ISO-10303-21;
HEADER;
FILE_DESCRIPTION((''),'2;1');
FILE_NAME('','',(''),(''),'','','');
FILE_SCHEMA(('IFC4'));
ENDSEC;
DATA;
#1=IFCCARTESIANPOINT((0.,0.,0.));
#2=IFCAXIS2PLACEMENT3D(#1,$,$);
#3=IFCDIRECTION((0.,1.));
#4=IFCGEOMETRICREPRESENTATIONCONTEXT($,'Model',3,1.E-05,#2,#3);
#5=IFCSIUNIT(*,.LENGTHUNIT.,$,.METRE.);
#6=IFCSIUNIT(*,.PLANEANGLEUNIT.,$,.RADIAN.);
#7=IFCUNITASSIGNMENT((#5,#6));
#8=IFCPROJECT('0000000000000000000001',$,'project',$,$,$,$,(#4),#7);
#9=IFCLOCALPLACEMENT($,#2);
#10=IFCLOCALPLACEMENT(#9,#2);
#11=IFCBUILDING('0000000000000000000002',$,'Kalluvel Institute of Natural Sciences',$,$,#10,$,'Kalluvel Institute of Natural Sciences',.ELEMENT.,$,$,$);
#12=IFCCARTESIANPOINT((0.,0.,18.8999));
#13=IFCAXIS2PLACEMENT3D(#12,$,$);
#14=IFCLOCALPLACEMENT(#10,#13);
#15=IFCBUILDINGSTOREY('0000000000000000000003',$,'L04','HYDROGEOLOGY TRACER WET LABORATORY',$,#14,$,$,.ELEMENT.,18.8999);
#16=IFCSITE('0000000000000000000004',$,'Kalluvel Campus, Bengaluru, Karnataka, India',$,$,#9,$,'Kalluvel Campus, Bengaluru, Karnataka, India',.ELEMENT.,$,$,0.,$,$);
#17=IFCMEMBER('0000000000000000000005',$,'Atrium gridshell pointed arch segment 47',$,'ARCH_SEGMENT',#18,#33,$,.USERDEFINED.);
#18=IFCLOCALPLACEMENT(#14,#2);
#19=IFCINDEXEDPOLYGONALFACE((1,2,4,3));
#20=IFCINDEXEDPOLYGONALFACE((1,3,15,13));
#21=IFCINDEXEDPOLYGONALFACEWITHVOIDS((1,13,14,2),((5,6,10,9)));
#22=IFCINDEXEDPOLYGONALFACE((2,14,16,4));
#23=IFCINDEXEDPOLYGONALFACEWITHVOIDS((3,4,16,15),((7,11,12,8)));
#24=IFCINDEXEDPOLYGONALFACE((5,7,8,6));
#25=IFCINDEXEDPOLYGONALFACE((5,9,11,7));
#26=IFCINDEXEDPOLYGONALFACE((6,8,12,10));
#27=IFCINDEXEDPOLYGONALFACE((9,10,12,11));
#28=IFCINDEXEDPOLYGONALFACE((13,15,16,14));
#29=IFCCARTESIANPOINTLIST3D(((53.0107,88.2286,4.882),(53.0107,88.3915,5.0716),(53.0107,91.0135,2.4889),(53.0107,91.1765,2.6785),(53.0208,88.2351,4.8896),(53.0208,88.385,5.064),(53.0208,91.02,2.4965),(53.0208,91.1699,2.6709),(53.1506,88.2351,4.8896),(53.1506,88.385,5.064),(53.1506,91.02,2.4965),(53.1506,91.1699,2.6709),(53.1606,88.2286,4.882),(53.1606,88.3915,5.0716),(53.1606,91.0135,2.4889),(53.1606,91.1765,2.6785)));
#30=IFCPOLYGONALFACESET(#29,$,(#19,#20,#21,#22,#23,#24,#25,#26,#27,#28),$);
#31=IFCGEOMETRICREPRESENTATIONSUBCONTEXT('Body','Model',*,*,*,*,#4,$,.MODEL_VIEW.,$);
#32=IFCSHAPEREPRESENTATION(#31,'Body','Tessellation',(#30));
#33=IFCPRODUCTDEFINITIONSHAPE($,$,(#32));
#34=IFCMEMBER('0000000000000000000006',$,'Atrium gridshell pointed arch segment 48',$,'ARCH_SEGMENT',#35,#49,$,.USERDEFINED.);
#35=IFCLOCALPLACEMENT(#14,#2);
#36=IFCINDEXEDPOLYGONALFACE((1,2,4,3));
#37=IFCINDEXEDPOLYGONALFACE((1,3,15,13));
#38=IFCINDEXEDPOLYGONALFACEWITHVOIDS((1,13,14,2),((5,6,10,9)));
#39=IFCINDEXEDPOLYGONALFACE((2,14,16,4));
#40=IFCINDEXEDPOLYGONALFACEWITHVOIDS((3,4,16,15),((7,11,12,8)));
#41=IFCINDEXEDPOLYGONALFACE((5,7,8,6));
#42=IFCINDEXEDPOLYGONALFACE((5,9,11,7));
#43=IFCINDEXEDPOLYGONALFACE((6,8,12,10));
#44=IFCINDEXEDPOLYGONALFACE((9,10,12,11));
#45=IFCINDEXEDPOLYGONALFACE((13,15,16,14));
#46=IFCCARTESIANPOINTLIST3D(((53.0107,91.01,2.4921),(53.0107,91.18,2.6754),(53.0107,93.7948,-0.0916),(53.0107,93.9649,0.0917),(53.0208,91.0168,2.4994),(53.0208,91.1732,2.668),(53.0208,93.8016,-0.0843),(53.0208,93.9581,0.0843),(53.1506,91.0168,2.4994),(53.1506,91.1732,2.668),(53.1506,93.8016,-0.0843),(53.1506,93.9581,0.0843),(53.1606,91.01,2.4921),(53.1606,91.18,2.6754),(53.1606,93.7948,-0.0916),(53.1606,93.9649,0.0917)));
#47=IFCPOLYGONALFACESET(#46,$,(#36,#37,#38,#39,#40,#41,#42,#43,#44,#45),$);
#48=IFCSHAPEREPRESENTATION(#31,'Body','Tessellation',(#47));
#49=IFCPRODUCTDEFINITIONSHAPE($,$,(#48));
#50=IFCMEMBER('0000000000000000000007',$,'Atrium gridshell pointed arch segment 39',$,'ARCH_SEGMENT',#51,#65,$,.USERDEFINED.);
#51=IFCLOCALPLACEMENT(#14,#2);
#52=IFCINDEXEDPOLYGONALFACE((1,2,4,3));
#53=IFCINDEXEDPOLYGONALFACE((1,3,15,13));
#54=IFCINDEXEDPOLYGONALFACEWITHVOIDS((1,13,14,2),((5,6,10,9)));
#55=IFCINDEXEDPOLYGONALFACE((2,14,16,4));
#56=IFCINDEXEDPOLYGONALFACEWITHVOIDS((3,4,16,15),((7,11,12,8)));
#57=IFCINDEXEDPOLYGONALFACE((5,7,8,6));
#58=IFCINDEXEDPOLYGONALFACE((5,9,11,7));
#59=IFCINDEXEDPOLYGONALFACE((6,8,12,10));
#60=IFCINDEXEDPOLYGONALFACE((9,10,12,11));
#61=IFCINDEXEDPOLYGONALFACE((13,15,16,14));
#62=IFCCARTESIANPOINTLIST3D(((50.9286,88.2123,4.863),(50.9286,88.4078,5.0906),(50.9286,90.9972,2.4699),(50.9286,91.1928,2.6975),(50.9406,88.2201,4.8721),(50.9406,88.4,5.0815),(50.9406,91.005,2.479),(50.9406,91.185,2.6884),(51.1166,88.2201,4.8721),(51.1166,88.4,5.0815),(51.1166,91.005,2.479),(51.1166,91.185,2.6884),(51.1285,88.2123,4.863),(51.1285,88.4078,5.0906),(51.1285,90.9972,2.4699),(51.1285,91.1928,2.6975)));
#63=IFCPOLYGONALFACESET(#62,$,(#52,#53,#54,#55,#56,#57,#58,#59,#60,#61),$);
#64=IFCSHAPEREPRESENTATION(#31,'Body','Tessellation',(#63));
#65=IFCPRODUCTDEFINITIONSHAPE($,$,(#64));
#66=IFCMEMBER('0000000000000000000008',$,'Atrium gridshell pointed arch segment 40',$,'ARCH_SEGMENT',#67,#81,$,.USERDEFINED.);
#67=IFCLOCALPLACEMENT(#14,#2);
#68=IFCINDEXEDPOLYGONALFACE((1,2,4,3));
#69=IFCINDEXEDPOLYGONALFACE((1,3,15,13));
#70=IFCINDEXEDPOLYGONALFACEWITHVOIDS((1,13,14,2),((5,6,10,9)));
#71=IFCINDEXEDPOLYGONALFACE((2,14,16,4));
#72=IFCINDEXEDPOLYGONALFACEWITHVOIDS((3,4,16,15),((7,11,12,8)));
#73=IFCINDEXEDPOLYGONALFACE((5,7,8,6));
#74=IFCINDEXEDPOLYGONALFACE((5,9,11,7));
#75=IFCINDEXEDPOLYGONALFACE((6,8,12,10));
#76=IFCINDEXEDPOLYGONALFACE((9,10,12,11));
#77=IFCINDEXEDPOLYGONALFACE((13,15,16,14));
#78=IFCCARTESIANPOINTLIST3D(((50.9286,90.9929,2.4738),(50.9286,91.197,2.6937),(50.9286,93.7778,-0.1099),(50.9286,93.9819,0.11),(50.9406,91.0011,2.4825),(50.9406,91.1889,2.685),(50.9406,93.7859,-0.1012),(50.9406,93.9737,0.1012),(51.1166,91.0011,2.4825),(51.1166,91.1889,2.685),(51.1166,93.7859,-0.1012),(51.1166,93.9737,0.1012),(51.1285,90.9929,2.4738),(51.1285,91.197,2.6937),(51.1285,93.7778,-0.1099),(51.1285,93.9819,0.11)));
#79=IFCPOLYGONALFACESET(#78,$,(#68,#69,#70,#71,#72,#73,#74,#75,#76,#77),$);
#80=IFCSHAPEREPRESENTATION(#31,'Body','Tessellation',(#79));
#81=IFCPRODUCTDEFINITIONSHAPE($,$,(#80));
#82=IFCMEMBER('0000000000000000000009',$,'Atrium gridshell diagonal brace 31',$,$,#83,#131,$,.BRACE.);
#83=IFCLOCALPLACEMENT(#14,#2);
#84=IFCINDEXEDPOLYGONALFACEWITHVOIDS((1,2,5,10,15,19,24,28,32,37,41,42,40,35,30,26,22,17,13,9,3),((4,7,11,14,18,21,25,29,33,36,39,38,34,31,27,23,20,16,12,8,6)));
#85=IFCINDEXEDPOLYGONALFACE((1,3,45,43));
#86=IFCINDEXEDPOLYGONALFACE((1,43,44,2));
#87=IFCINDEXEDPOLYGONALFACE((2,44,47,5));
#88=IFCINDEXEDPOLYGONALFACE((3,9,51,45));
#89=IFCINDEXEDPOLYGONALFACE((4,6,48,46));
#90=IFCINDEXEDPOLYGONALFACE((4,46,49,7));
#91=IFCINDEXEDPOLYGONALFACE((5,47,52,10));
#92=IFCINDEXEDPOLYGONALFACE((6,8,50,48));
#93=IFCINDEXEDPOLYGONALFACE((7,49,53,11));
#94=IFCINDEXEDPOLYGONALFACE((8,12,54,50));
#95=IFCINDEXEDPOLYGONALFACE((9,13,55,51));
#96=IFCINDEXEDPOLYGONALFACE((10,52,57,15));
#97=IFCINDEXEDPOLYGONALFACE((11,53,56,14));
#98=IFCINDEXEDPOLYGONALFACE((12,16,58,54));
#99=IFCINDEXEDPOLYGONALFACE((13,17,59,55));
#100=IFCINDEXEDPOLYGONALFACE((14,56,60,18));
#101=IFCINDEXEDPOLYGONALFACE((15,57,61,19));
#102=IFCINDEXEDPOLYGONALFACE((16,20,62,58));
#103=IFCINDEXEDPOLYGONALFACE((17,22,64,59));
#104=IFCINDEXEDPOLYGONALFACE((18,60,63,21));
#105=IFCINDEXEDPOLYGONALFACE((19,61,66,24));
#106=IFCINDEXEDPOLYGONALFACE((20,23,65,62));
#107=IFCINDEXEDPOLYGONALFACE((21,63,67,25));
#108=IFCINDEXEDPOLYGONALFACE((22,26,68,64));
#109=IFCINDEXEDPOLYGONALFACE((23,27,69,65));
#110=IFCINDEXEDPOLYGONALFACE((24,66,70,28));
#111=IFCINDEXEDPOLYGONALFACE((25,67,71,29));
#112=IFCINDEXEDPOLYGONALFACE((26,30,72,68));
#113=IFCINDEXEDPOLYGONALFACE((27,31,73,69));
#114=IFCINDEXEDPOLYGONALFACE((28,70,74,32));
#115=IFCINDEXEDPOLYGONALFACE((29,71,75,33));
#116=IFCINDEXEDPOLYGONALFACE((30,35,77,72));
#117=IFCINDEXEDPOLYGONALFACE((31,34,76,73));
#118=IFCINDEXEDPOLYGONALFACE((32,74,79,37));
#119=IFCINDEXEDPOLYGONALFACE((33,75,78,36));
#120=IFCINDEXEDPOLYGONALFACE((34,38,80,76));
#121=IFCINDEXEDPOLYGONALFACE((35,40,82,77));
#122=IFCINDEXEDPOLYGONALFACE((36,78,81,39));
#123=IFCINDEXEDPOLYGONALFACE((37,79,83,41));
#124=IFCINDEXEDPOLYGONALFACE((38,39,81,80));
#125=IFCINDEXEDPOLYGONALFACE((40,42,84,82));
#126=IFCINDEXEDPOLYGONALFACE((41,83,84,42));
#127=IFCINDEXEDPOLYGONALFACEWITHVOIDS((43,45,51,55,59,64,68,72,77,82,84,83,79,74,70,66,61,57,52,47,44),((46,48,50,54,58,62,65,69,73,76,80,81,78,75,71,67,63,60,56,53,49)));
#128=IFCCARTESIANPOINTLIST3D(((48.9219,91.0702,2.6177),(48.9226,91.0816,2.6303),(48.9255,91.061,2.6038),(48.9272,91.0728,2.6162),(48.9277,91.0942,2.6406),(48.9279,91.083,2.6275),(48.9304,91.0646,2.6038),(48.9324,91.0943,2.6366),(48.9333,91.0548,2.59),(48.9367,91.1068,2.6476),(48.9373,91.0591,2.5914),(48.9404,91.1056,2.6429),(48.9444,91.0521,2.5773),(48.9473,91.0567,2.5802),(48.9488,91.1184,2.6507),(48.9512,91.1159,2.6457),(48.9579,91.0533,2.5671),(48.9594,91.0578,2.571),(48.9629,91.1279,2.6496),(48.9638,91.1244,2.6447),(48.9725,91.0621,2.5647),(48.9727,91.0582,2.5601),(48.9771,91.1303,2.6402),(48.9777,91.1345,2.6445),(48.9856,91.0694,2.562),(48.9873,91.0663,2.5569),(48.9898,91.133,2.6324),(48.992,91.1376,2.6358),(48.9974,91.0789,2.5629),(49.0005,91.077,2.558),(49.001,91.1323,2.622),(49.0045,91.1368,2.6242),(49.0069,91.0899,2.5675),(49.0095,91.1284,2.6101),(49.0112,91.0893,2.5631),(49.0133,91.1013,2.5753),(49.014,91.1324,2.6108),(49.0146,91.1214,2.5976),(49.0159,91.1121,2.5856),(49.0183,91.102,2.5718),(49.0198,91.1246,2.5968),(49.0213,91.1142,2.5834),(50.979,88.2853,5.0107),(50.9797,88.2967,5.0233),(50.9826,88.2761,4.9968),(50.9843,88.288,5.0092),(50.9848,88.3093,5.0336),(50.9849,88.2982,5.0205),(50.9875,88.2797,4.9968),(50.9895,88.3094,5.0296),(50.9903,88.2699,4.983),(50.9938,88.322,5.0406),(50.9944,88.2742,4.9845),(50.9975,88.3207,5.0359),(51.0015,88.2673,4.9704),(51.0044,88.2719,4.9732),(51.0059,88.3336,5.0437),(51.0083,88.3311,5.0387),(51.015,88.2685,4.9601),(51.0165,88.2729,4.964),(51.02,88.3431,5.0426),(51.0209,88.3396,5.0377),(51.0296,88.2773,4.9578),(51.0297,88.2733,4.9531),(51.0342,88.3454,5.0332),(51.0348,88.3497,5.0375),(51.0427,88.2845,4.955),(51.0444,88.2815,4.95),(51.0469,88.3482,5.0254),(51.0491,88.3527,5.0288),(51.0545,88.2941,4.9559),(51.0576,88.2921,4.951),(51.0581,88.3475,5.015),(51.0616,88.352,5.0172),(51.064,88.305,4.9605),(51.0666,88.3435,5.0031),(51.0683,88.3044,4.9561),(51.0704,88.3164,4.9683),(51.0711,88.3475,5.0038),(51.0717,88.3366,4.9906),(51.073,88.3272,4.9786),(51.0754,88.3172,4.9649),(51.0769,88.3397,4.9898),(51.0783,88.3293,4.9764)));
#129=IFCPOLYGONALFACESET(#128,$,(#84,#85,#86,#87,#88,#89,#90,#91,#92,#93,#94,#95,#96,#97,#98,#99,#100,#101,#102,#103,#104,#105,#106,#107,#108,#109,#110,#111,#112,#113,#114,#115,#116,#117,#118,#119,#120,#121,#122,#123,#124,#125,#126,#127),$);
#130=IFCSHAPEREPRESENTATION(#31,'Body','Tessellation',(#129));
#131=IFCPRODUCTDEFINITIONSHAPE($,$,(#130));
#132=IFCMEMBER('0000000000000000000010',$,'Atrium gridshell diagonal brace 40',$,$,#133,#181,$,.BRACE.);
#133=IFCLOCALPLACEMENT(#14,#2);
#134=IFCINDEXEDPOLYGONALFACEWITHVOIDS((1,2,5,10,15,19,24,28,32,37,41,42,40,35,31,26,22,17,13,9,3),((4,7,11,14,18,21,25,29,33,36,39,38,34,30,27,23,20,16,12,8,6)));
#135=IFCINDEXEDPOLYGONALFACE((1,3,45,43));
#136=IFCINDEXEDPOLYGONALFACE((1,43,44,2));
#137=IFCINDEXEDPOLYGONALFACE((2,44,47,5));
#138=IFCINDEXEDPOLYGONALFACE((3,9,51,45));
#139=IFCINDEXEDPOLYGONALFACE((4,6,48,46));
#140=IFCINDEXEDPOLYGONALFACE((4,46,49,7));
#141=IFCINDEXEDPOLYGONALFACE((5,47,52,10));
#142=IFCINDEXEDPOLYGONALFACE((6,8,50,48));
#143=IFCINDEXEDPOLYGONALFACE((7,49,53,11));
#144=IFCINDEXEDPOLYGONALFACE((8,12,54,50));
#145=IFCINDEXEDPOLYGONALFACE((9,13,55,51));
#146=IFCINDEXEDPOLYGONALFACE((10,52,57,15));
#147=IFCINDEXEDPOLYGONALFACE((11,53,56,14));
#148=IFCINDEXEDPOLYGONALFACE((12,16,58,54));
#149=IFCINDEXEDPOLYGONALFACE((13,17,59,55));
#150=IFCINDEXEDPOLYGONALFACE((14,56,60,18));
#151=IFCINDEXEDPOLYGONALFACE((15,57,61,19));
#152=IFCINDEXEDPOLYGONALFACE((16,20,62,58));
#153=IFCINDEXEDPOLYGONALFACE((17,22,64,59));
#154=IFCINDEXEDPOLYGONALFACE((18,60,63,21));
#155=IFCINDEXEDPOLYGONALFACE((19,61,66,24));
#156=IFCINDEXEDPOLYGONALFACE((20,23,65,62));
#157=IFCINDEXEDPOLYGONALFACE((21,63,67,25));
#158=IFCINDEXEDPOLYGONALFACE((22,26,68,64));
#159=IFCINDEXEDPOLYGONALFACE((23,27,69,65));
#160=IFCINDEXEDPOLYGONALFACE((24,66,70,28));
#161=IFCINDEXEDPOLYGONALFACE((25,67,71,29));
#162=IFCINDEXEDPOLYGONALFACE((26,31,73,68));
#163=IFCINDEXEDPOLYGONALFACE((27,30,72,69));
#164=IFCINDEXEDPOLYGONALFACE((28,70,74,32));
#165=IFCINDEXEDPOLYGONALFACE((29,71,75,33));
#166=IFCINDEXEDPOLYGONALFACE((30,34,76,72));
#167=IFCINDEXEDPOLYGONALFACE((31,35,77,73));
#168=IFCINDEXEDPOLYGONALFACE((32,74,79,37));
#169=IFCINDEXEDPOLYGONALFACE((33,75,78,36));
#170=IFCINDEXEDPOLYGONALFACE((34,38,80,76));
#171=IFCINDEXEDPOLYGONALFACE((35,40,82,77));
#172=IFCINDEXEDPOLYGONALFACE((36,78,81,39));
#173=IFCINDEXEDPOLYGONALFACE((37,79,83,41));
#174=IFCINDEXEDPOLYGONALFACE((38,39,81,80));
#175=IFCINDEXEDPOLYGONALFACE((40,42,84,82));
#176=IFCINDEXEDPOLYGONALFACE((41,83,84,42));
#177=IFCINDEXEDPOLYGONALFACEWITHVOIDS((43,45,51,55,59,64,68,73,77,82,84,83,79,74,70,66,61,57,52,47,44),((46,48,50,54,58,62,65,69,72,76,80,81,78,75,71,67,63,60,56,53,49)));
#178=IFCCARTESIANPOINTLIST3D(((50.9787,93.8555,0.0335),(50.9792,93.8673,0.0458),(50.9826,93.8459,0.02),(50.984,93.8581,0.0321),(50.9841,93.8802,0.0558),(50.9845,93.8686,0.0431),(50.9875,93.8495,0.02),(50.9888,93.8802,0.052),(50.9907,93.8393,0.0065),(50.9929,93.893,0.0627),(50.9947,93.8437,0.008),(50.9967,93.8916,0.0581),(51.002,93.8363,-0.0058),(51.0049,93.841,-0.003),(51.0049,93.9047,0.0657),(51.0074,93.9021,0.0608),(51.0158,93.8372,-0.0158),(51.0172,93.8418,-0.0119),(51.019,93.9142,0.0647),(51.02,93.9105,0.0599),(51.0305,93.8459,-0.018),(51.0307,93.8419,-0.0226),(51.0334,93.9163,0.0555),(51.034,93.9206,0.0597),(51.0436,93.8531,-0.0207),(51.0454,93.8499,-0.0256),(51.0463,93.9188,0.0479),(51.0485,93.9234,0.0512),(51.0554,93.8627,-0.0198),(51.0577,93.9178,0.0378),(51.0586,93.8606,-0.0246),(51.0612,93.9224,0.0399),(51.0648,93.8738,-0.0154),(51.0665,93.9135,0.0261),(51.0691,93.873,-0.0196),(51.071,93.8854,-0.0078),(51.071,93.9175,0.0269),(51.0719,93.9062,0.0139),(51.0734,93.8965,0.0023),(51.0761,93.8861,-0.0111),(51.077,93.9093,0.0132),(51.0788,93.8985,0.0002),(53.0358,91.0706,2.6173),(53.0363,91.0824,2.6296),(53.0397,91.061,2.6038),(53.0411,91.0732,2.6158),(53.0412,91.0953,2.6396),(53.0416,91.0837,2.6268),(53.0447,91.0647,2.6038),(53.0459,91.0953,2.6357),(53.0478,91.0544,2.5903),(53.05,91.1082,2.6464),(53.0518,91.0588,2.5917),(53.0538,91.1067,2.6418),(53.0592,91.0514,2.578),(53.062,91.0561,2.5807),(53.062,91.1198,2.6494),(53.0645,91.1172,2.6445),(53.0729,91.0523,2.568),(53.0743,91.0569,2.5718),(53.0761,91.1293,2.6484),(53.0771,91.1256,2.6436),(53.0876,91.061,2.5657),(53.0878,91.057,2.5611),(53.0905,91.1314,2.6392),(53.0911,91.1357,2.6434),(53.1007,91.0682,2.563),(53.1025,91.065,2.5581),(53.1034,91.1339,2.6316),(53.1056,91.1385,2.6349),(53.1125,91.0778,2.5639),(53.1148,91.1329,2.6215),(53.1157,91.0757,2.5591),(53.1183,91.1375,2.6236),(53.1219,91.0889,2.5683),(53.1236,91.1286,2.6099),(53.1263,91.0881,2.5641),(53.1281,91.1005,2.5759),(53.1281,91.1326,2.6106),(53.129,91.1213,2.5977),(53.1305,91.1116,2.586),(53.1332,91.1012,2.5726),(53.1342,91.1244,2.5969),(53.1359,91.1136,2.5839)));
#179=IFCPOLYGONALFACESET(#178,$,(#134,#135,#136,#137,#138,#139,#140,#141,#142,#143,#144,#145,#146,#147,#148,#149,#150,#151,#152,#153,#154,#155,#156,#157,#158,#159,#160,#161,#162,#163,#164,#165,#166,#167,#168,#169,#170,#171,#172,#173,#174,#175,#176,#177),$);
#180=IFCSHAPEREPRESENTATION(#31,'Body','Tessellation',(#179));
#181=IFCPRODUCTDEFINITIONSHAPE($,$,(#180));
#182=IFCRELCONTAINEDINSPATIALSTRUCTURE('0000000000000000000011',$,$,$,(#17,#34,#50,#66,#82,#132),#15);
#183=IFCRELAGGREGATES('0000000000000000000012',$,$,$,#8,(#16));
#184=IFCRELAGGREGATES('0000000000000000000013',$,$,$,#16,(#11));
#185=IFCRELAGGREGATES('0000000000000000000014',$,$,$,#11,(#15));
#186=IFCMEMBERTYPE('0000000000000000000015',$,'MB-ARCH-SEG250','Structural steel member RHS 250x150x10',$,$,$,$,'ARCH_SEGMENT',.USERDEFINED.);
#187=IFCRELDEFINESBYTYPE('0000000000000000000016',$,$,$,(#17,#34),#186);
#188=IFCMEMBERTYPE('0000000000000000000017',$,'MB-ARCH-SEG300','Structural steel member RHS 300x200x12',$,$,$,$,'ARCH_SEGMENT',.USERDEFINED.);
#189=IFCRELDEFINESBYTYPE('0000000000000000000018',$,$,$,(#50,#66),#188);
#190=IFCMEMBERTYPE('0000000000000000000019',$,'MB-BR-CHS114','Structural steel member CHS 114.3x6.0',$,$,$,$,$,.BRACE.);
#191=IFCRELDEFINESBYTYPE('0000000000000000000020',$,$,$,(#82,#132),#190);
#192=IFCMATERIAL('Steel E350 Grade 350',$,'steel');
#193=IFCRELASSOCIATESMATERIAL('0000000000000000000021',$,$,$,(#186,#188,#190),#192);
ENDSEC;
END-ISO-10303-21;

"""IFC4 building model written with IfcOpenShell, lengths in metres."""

from ifc_helpers import new_model, si_unit, direction, frame, origin, origin_2d, place, context, subcontext, project, spatial, hollow_rectangle, hollow_circle, extrude, material, material_profile, profile_set, type_object, element, save


model = new_model("IFC4")

# Units and contexts
model_context = context("Model", 3, precision=1e-05, world=origin(), true_north=direction((0.0, 1.0)))
body_context = subcontext(model_context, "Body", "Model", "MODEL_VIEW")
ifc_project = project(units=[si_unit("LENGTHUNIT", "METRE"), si_unit("PLANEANGLEUNIT", "RADIAN")], contexts=[model_context])

# Site, building, storey
site_placement = place(None, origin())
site = spatial("IfcSite", under=ifc_project, at=site_placement, Name="Kalluvel Campus, Bengaluru, Karnataka, India", LongName="Kalluvel Campus, Bengaluru, Karnataka, India", CompositionType="ELEMENT", RefElevation=0.0)
building_placement = place(site_placement, origin())
building = spatial("IfcBuilding", under=site, at=building_placement, Name="Kalluvel Institute of Natural Sciences", LongName="Kalluvel Institute of Natural Sciences", CompositionType="ELEMENT")
storey_placement = place(building_placement, frame((0.0, 0.0, 18.8999)))
storey = spatial("IfcBuildingStorey", under=building, at=storey_placement, Name="L04", Description="HYDROGEOLOGY TRACER WET LABORATORY", CompositionType="ELEMENT", Elevation=18.8999)

# Members
ifc_material_1 = material(Name="Steel E350 Grade 350", Category="steel")
ifc_material_profile_1 = material_profile(ifc_material_1, hollow_rectangle(XDim=0.1499, YDim=0.25, WallThickness=0.01, at=origin_2d()), Name="RHS 250x150x10")
ifc_profile_set_1 = profile_set([ifc_material_profile_1], Name="Steel E350 Grade 350")
member_type_1 = type_object("IfcMemberType", Name="MB-ARCH-SEG250", Description="Structural steel member RHS 250x150x10", ElementType="ARCH_SEGMENT", PredefinedType="USERDEFINED", material=ifc_profile_set_1)
member_1_placement = place(storey_placement, frame((53.0857, 88.3101, 4.9768), z_axis=(0.0, 0.758449, -0.651733), x_axis=(-1.0, 0.0, 0.0)))
element("IfcMember", 1, at=member_1_placement, inside=storey, type_object=member_type_1, Name="Atrium gridshell pointed arch segment 47", ObjectType="ARCH_SEGMENT", PredefinedType="USERDEFINED", context=body_context, shape_type="SweptSolid", body=[
    extrude(hollow_rectangle(XDim=0.1499, YDim=0.25, WallThickness=0.01, at=origin_2d()), origin(), (0.0, 0.0, 1.0), 3.6719),
])
member_2_placement = place(storey_placement, frame((53.0857, 91.095, 2.5837), z_axis=(0.0, 0.733089, -0.680133), x_axis=(-1.0, 0.0, 0.0)))
element("IfcMember", 2, at=member_2_placement, inside=storey, type_object=member_type_1, Name="Atrium gridshell pointed arch segment 48", ObjectType="ARCH_SEGMENT", PredefinedType="USERDEFINED", context=body_context, shape_type="SweptSolid", body=[
    extrude(hollow_rectangle(XDim=0.1499, YDim=0.25, WallThickness=0.01, at=origin_2d()), origin(), (0.0, 0.0, 1.0), 3.7988),
])
ifc_material_profile_2 = material_profile(ifc_material_1, hollow_rectangle(XDim=0.2, YDim=0.3, WallThickness=0.012, at=origin_2d()), Name="RHS 300x200x12")
ifc_profile_set_2 = profile_set([ifc_material_profile_2], Name="Steel E350 Grade 350")
member_type_2 = type_object("IfcMemberType", Name="MB-ARCH-SEG300", Description="Structural steel member RHS 300x200x12", ElementType="ARCH_SEGMENT", PredefinedType="USERDEFINED", material=ifc_profile_set_2)
member_3_placement = place(storey_placement, frame((51.0286, 88.3101, 4.9768), z_axis=(0.0, 0.758449, -0.651733), x_axis=(-1.0, 0.0, 0.0)))
element("IfcMember", 3, at=member_3_placement, inside=storey, type_object=member_type_2, Name="Atrium gridshell pointed arch segment 39", ObjectType="ARCH_SEGMENT", PredefinedType="USERDEFINED", context=body_context, shape_type="SweptSolid", body=[
    extrude(hollow_rectangle(XDim=0.2, YDim=0.3, WallThickness=0.012, at=origin_2d()), origin(), (0.0, 0.0, 1.0), 3.6719),
])
member_4_placement = place(storey_placement, frame((51.0286, 91.095, 2.5837), z_axis=(0.0, 0.733089, -0.680133), x_axis=(-1.0, 0.0, 0.0)))
element("IfcMember", 4, at=member_4_placement, inside=storey, type_object=member_type_2, Name="Atrium gridshell pointed arch segment 40", ObjectType="ARCH_SEGMENT", PredefinedType="USERDEFINED", context=body_context, shape_type="SweptSolid", body=[
    extrude(hollow_rectangle(XDim=0.2, YDim=0.3, WallThickness=0.012, at=origin_2d()), origin(), (0.0, 0.0, 1.0), 3.7988),
])
ifc_material_profile_3 = material_profile(ifc_material_1, hollow_circle(Radius=0.0571, WallThickness=0.0061, at=origin_2d()), Name="CHS 114.3x6.0")
ifc_profile_set_3 = profile_set([ifc_material_profile_3], Name="Steel E350 Grade 350")
member_type_3 = type_object("IfcMemberType", Name="MB-BR-CHS114", Description="Structural steel member CHS 114.3x6.0", PredefinedType="BRACE", material=ifc_profile_set_3)
member_5_placement = place(storey_placement, frame((51.0286, 88.3101, 4.9968), z_axis=(-0.488765, 0.661683, -0.568582), x_axis=(-0.804353, -0.594151, 0.0)))
element("IfcMember", 5, at=member_5_placement, inside=storey, type_object=member_type_3, Name="Atrium gridshell diagonal brace 31", PredefinedType="BRACE", context=body_context, shape_type="SweptSolid", body=[
    extrude(hollow_circle(Radius=0.0571, WallThickness=0.0061, at=origin_2d()), origin(), (0.0, 0.0, 1.0), 4.2087),
])
member_6_placement = place(storey_placement, frame((53.0857, 91.095, 2.6038), z_axis=(-0.476177, 0.644641, -0.598075), x_axis=(-0.804353, -0.594151, 0.0)))
element("IfcMember", 6, at=member_6_placement, inside=storey, type_object=member_type_3, Name="Atrium gridshell diagonal brace 40", PredefinedType="BRACE", context=body_context, shape_type="SweptSolid", body=[
    extrude(hollow_circle(Radius=0.0571, WallThickness=0.0061, at=origin_2d()), origin(), (0.0, 0.0, 1.0), 4.3201),
])

save(model, "model.ifc")
